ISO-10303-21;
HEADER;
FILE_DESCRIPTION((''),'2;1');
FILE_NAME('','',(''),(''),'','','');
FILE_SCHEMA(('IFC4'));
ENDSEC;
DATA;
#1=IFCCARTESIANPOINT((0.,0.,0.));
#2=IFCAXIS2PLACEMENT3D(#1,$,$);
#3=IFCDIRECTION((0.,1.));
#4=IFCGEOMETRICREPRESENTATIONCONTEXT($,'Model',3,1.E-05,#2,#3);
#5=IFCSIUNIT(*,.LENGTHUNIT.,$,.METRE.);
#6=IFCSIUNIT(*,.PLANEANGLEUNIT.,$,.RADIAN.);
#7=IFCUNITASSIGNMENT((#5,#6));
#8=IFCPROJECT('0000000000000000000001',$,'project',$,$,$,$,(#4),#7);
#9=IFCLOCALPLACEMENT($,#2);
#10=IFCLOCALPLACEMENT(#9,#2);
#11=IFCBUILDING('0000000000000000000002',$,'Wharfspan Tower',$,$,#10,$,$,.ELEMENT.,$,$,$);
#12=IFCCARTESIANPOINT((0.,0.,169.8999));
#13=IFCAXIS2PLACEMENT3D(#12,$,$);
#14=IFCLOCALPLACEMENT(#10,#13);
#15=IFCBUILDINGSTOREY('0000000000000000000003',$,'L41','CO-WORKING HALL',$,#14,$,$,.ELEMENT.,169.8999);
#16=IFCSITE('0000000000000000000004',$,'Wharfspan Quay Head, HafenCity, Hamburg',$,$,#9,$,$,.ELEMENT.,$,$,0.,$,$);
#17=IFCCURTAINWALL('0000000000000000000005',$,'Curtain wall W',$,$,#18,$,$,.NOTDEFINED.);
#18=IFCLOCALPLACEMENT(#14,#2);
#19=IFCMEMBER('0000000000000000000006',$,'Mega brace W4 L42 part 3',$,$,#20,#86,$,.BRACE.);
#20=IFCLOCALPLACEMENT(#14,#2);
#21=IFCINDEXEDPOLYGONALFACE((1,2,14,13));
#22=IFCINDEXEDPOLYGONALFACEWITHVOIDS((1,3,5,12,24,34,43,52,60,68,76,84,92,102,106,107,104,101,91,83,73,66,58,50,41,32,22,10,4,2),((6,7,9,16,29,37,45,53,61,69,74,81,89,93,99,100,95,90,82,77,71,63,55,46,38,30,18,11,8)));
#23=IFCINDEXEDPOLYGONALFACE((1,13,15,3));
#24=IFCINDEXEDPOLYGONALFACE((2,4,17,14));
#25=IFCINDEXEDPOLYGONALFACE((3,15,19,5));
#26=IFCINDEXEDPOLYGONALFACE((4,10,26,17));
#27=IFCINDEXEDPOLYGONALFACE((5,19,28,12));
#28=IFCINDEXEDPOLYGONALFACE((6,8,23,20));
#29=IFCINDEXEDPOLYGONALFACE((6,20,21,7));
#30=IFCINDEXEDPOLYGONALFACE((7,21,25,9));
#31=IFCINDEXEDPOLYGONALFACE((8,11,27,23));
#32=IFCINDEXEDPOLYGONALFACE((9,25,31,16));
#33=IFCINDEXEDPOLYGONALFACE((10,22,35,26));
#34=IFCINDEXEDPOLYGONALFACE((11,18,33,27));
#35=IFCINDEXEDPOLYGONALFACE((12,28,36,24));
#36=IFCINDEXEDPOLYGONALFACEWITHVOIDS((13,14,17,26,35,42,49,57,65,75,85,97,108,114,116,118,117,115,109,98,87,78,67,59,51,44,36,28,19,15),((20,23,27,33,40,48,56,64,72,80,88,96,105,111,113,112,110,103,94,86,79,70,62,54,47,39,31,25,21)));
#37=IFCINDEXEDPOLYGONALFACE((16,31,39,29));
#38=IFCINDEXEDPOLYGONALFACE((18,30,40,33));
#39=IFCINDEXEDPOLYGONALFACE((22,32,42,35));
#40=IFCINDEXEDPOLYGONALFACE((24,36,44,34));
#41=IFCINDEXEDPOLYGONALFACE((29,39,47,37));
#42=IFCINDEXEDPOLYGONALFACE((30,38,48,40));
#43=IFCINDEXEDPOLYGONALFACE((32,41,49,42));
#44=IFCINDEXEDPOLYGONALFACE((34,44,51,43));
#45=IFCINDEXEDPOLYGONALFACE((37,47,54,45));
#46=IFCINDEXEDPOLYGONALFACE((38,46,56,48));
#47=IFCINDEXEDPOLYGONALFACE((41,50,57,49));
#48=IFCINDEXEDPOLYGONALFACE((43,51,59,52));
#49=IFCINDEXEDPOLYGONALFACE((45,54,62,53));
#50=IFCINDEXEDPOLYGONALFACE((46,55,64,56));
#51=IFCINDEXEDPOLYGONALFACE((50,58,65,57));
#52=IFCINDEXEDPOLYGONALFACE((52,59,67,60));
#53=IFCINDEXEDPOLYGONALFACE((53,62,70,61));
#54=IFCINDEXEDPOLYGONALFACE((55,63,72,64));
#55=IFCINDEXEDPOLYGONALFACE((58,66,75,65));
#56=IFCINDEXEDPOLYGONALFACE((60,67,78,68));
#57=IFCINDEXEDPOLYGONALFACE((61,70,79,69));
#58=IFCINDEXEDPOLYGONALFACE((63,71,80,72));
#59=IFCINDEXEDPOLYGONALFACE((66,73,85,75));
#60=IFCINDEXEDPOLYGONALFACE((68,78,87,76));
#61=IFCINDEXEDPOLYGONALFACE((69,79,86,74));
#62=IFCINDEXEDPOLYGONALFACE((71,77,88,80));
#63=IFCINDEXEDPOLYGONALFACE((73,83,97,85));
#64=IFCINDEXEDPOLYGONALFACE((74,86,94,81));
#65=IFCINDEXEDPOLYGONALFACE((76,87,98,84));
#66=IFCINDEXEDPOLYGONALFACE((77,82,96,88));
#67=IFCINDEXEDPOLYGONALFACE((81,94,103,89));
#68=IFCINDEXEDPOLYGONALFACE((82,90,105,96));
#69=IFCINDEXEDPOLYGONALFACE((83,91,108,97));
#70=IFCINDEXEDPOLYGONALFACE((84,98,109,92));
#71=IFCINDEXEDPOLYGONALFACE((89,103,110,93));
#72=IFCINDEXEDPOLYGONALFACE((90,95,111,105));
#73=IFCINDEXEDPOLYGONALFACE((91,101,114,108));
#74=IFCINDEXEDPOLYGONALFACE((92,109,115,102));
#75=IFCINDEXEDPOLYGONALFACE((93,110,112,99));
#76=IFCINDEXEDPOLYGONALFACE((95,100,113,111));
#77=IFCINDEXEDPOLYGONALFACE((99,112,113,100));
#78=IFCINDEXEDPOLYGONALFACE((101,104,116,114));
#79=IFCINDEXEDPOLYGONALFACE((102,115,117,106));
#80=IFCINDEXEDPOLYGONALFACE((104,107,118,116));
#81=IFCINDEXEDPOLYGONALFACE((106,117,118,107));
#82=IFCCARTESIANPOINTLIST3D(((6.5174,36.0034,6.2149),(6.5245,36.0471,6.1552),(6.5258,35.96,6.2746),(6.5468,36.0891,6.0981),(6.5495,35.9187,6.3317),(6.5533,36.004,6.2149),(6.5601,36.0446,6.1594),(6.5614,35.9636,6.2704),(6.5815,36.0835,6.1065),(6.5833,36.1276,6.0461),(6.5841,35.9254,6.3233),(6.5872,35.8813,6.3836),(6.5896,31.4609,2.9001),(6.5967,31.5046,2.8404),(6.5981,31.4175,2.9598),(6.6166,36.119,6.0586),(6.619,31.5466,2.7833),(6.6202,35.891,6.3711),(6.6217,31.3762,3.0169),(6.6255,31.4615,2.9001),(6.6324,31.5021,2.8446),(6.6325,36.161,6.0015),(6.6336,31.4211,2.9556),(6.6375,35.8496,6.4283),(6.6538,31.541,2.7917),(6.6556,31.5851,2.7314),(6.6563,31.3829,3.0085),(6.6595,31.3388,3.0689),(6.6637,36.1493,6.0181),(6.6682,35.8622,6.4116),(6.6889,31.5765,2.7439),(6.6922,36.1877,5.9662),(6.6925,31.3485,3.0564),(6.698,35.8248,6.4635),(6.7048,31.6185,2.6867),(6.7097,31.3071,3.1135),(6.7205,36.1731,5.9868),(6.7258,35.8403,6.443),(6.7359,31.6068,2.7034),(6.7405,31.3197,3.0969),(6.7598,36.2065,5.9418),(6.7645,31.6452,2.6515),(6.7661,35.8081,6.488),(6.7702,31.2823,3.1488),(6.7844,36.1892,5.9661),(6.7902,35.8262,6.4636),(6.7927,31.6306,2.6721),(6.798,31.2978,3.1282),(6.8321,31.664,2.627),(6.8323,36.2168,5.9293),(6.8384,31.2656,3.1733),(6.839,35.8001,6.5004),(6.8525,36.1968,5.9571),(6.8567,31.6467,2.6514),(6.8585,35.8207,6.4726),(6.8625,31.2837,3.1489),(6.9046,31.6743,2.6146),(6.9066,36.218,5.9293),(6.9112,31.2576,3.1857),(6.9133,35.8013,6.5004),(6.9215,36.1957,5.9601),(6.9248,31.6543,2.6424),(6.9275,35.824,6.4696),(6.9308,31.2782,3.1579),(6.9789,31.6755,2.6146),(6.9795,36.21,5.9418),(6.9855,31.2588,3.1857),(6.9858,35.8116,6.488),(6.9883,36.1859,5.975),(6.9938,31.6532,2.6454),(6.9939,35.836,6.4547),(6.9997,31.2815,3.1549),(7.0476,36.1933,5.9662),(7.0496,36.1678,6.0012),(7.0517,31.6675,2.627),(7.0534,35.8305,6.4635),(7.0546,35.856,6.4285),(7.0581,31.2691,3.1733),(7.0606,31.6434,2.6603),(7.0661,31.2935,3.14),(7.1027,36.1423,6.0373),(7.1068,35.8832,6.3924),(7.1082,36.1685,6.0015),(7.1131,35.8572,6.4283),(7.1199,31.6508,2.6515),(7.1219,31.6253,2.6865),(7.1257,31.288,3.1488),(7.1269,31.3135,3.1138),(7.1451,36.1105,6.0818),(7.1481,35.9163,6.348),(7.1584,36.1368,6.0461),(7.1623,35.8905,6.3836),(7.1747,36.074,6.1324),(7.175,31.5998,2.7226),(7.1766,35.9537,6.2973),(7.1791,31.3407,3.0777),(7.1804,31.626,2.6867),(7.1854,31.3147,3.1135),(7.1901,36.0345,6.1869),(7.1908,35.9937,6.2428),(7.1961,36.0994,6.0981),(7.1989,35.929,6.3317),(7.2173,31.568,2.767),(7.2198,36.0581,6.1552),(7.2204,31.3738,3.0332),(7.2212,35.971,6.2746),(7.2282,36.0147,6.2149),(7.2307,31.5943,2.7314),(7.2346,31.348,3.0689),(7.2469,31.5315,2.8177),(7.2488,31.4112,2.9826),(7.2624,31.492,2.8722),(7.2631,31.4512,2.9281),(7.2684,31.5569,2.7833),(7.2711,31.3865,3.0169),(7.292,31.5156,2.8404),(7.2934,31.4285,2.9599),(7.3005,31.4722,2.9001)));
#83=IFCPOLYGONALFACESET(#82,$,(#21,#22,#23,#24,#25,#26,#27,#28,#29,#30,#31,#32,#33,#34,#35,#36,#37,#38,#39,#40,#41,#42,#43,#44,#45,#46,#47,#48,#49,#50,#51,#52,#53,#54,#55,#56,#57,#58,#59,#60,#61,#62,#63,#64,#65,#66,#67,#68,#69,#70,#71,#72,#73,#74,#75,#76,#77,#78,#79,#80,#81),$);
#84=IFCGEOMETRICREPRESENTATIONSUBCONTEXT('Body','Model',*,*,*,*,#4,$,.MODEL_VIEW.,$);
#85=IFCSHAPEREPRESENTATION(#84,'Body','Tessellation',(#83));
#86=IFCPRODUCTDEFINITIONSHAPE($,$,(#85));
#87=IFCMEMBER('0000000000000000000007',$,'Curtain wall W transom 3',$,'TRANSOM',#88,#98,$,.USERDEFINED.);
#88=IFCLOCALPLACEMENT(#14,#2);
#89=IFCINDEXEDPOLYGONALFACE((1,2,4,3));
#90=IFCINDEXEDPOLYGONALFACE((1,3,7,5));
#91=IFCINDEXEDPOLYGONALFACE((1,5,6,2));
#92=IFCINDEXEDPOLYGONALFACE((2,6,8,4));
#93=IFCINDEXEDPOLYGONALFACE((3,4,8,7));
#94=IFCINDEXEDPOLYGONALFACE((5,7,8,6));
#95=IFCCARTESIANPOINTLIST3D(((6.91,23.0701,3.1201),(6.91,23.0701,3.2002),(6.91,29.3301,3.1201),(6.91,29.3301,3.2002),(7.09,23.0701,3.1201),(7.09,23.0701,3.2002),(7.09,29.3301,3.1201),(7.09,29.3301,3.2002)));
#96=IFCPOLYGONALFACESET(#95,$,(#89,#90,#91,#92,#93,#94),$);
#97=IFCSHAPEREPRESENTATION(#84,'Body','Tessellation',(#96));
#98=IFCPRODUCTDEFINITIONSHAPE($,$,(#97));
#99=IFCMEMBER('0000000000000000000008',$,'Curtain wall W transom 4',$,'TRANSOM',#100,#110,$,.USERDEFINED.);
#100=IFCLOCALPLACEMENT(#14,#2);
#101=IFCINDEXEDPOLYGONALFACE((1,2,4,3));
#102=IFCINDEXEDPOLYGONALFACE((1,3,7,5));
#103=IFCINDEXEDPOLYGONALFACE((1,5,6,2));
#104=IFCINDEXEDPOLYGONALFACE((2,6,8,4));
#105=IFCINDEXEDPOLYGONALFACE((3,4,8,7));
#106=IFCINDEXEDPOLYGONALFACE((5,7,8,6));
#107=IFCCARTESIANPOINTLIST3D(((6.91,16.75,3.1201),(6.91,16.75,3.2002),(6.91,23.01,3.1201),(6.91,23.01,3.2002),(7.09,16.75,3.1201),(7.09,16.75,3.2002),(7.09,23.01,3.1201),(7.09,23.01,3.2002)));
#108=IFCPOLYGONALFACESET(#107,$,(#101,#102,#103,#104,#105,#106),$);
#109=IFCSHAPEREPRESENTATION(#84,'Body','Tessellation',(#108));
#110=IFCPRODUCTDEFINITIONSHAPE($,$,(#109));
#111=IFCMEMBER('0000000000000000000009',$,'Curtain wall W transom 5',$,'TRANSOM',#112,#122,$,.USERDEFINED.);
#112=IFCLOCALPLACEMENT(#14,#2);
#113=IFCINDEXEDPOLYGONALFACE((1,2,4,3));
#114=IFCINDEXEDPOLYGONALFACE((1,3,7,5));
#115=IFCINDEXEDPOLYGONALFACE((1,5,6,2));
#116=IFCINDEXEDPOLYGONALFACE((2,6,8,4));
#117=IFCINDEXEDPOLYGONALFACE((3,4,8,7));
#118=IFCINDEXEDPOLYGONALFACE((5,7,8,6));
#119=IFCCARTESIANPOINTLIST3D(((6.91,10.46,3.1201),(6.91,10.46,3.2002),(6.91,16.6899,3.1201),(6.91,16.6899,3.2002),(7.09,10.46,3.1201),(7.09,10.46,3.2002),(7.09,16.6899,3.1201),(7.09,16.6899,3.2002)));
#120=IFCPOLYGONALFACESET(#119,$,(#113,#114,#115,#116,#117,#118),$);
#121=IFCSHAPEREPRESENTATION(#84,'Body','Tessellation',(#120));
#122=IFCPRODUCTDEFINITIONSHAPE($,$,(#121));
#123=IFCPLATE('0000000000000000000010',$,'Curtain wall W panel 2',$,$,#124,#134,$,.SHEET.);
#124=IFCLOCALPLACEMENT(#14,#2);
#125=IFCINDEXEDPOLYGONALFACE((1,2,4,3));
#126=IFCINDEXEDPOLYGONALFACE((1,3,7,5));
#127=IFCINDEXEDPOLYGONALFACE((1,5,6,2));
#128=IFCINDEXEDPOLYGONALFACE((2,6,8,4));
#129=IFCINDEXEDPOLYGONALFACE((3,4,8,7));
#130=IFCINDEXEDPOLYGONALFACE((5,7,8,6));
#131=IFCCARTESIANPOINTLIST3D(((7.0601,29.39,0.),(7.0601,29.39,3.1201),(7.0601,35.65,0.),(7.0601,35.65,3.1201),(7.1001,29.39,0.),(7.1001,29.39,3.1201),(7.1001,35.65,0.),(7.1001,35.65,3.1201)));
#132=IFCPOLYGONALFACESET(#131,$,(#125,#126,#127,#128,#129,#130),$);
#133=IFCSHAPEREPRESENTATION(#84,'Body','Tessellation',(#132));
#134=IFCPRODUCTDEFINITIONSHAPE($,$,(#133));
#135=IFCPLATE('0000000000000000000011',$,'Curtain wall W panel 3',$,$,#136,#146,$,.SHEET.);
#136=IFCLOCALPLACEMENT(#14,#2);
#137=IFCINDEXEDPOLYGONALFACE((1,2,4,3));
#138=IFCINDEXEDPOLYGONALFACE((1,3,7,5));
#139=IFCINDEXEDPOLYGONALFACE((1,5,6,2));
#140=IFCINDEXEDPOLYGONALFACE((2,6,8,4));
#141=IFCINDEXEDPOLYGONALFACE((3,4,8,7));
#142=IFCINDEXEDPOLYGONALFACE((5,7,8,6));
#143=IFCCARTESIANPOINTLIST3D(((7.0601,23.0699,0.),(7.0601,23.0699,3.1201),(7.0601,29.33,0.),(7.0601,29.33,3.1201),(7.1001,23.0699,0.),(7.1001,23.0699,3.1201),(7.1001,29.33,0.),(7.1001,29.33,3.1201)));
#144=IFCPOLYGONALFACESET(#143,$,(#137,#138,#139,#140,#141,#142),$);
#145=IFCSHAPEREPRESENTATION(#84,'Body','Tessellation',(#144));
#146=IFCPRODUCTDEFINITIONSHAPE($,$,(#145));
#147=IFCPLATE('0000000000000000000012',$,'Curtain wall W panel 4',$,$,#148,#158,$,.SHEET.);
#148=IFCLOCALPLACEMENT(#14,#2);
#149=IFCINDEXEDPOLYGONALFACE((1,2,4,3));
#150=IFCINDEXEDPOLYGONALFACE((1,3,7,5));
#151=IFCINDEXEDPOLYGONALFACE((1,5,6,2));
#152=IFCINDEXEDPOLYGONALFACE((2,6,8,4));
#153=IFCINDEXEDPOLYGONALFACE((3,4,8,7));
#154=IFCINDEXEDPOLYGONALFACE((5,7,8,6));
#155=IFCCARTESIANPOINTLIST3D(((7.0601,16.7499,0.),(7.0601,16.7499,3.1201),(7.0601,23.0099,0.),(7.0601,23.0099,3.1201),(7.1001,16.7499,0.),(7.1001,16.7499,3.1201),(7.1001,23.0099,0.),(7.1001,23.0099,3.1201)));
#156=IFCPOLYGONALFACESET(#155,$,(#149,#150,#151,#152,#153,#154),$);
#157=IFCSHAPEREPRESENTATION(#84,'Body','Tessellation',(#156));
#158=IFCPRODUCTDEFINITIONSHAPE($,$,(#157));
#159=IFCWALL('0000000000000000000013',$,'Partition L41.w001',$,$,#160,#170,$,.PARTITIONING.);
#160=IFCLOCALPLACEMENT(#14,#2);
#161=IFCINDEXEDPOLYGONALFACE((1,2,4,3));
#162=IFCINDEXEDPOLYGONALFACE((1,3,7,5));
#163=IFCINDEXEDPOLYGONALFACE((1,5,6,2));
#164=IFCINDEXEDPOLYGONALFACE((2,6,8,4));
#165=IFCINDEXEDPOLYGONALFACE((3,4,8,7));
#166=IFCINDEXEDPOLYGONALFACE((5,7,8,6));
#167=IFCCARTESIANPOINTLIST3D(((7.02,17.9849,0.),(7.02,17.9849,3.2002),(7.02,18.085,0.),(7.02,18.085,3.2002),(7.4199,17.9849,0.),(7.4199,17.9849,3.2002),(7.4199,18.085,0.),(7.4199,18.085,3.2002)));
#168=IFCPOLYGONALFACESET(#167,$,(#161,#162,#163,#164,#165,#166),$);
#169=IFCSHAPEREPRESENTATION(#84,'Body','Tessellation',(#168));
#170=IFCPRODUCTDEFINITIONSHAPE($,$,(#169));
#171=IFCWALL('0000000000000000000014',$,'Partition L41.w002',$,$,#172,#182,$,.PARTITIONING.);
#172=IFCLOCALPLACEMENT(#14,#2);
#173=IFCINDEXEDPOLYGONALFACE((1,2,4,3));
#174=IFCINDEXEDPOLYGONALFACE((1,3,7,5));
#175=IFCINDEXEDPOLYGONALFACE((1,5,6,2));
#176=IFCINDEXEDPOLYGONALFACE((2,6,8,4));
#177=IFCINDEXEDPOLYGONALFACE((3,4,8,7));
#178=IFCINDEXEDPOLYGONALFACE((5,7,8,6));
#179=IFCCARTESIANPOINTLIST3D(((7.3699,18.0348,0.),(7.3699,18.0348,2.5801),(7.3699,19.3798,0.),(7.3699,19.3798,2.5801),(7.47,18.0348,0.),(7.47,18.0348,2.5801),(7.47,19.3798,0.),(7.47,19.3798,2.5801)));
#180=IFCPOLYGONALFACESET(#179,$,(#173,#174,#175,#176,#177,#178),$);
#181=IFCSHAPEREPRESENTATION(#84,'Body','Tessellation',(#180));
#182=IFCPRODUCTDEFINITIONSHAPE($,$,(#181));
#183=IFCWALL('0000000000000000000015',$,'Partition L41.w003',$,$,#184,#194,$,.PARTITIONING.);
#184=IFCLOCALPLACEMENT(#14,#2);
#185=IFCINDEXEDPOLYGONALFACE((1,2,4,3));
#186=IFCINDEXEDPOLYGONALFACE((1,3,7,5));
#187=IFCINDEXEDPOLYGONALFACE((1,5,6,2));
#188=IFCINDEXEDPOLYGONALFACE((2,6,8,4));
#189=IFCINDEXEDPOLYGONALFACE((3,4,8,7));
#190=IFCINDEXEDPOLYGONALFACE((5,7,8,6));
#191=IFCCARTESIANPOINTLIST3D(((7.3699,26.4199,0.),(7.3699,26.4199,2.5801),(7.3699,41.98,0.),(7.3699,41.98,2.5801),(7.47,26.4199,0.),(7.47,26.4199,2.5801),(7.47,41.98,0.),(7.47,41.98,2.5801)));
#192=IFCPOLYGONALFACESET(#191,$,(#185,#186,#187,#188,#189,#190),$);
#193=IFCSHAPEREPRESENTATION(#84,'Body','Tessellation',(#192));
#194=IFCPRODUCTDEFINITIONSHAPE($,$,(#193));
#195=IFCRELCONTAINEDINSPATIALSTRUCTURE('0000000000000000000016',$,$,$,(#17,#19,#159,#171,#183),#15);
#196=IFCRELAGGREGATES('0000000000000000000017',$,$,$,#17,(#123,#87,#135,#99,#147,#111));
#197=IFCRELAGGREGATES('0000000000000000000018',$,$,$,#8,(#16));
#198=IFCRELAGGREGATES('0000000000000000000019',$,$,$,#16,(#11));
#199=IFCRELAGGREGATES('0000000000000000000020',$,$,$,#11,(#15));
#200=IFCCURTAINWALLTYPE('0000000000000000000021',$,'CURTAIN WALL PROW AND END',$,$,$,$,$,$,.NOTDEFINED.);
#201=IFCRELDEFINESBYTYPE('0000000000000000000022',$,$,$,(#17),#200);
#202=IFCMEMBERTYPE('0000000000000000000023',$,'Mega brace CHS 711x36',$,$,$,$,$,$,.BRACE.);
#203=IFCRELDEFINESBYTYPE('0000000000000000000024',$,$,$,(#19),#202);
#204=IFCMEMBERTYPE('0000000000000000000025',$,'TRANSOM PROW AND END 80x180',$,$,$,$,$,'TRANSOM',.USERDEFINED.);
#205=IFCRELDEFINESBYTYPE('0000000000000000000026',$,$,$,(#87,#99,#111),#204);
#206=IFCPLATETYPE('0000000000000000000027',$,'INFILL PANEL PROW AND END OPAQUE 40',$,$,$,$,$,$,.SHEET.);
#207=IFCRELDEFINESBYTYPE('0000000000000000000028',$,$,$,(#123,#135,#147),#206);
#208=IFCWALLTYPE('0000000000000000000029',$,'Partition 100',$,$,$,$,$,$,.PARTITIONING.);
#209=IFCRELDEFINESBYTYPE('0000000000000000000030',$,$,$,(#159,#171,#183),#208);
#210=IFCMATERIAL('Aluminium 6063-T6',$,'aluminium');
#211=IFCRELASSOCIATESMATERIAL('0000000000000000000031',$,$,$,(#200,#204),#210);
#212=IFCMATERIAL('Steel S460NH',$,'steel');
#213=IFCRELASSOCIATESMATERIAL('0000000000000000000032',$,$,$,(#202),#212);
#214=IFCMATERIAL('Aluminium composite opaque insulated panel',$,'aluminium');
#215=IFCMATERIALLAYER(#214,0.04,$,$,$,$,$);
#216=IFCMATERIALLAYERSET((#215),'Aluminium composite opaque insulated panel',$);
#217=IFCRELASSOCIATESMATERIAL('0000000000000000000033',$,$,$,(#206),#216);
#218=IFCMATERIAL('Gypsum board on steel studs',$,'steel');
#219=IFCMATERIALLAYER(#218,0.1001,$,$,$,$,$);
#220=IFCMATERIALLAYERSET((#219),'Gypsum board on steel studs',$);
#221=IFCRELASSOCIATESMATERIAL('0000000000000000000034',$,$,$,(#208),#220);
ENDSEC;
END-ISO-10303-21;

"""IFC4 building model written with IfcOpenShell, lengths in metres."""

from ifc_helpers import new_model, si_unit, direction, frame, frame_2d, origin, origin_2d, place, context, subcontext, project, spatial, rectangle, hollow_circle, extrude, material, layer, layer_set, material_profile, profile_set, type_object, element, aggregate, save


model = new_model("IFC4")

# Units and contexts
model_context = context("Model", 3, precision=1e-05, world=origin(), true_north=direction((0.0, 1.0)))
body_context = subcontext(model_context, "Body", "Model", "MODEL_VIEW")
ifc_project = project(units=[si_unit("LENGTHUNIT", "METRE"), si_unit("PLANEANGLEUNIT", "RADIAN")], contexts=[model_context])

# Site, building, storey
site_placement = place(None, origin())
site = spatial("IfcSite", under=ifc_project, at=site_placement, Name="Wharfspan Quay Head, HafenCity, Hamburg", CompositionType="ELEMENT", RefElevation=0.0)
building_placement = place(site_placement, origin())
building = spatial("IfcBuilding", under=site, at=building_placement, Name="Wharfspan Tower", CompositionType="ELEMENT")
storey_placement = place(building_placement, frame((0.0, 0.0, 169.8999)))
storey = spatial("IfcBuildingStorey", under=building, at=storey_placement, Name="L41", Description="CO-WORKING HALL", CompositionType="ELEMENT", Elevation=169.8999)

# Curtain wall
ifc_material_1 = material(Name="Aluminium 6063-T6", Category="aluminium")
curtain_wall_type = type_object("IfcCurtainWallType", Name="CURTAIN WALL PROW AND END", PredefinedType="NOTDEFINED", material=ifc_material_1)
curtain_wall_placement = place(storey_placement, origin())
curtain_wall = element("IfcCurtainWall", 1, at=curtain_wall_placement, inside=storey, type_object=curtain_wall_type, Name="Curtain wall W", PredefinedType="NOTDEFINED")

# Member
ifc_material_2 = material(Name="Steel S460NH", Category="steel")
ifc_material_profile_1 = material_profile(ifc_material_2, hollow_circle(Radius=0.3555, WallThickness=0.0359, at=origin_2d()))
ifc_profile_set_1 = profile_set([ifc_material_profile_1], Name="Steel S460NH")
member_type_1 = type_object("IfcMemberType", Name="Mega brace CHS 711x36", PredefinedType="BRACE", material=ifc_profile_set_1)
member_1_placement = place(storey_placement, frame((6.9451, 31.4666, 2.9001), z_axis=(-0.01285, 0.807732, 0.58941), x_axis=(-0.999874, -0.015906, -0.000001)))
element("IfcMember", 2, at=member_1_placement, inside=storey, type_object=member_type_1, Name="Mega brace W4 L42 part 3", PredefinedType="BRACE", context=body_context, shape_type="SweptSolid", body=[
    extrude(hollow_circle(Radius=0.3555, WallThickness=0.0359, at=origin_2d()), origin(), (0.0, 0.0, 1.0), 5.6238),
])

# Members
ifc_material_profile_2 = material_profile(ifc_material_1, rectangle(XDim=0.1799, YDim=0.0801, at=origin_2d()))
ifc_profile_set_2 = profile_set([ifc_material_profile_2], Name="Aluminium 6063-T6")
member_type_2 = type_object("IfcMemberType", Name="TRANSOM PROW AND END 80x180", ElementType="TRANSOM", PredefinedType="USERDEFINED", material=ifc_profile_set_2)
member_2_placement = place(storey_placement, frame((7.0, 29.3301, 3.1602), z_axis=(0.0, -1.0, 0.0), x_axis=(1.0, 0.0, 0.0)))
member_2 = element("IfcMember", 3, at=member_2_placement, type_object=member_type_2, Name="Curtain wall W transom 3", ObjectType="TRANSOM", PredefinedType="USERDEFINED", context=body_context, shape_type="SweptSolid", body=[
    extrude(rectangle(XDim=0.1799, YDim=0.0801, at=origin_2d()), origin(), (0.0, 0.0, 1.0), 6.26),
])
member_3_placement = place(storey_placement, frame((7.0, 23.01, 3.1602), z_axis=(0.0, -1.0, 0.0), x_axis=(1.0, 0.0, 0.0)))
member_3 = element("IfcMember", 4, at=member_3_placement, type_object=member_type_2, Name="Curtain wall W transom 4", ObjectType="TRANSOM", PredefinedType="USERDEFINED", context=body_context, shape_type="SweptSolid", body=[
    extrude(rectangle(XDim=0.1799, YDim=0.0801, at=origin_2d()), origin(), (0.0, 0.0, 1.0), 6.26),
])
member_4_placement = place(storey_placement, frame((7.0, 16.6899, 3.1602), z_axis=(0.0, -1.0, 0.0), x_axis=(1.0, 0.0, 0.0)))
member_4 = element("IfcMember", 5, at=member_4_placement, type_object=member_type_2, Name="Curtain wall W transom 5", ObjectType="TRANSOM", PredefinedType="USERDEFINED", context=body_context, shape_type="SweptSolid", body=[
    extrude(rectangle(XDim=0.1799, YDim=0.0801, at=origin_2d()), origin(), (0.0, 0.0, 1.0), 6.23),
])

# Plates
ifc_material_3 = material(Name="Aluminium composite opaque insulated panel", Category="aluminium")
ifc_layer_1 = layer(ifc_material_3, 0.04)
ifc_layer_set_1 = layer_set([ifc_layer_1], Name="Aluminium composite opaque insulated panel")
plate_type = type_object("IfcPlateType", Name="INFILL PANEL PROW AND END OPAQUE 40", PredefinedType="SHEET", material=ifc_layer_set_1)
plate_1_placement = place(storey_placement, frame((7.0801, 32.52, 0.0), z_axis=(0.0, 0.0, 1.0), x_axis=(0.0, -1.0, 0.0)))
plate_1 = element("IfcPlate", 6, at=plate_1_placement, type_object=plate_type, Name="Curtain wall W panel 2", PredefinedType="SHEET", context=body_context, shape_type="SweptSolid", body=[
    extrude(rectangle(XDim=6.26, YDim=0.04, at=origin_2d()), origin(), (0.0, 0.0, 1.0), 3.1201),
])
plate_2_placement = place(storey_placement, frame((7.0801, 26.2, 0.0), z_axis=(0.0, 0.0, 1.0), x_axis=(0.0, -1.0, 0.0)))
plate_2 = element("IfcPlate", 7, at=plate_2_placement, type_object=plate_type, Name="Curtain wall W panel 3", PredefinedType="SHEET", context=body_context, shape_type="SweptSolid", body=[
    extrude(rectangle(XDim=6.26, YDim=0.04, at=origin_2d()), origin(), (0.0, 0.0, 1.0), 3.1201),
])
plate_3_placement = place(storey_placement, frame((7.0801, 19.8799, 0.0), z_axis=(0.0, 0.0, 1.0), x_axis=(0.0, -1.0, 0.0)))
plate_3 = element("IfcPlate", 8, at=plate_3_placement, type_object=plate_type, Name="Curtain wall W panel 4", PredefinedType="SHEET", context=body_context, shape_type="SweptSolid", body=[
    extrude(rectangle(XDim=6.26, YDim=0.04, at=origin_2d()), origin(), (0.0, 0.0, 1.0), 3.1201),
])
aggregate(curtain_wall, [plate_1, member_2, plate_2, member_3, plate_3, member_4])

# Walls
ifc_material_4 = material(Name="Gypsum board on steel studs", Category="steel")
ifc_layer_2 = layer(ifc_material_4, 0.1001)
ifc_layer_set_2 = layer_set([ifc_layer_2], Name="Gypsum board on steel studs")
wall_type_1 = type_object("IfcWallType", Name="Partition 100", PredefinedType="PARTITIONING", material=ifc_layer_set_2)
wall_1_placement = place(storey_placement, frame((7.02, 18.0349, 0.0), z_axis=(0.0, 0.0, 1.0), x_axis=(1.0, 0.0, 0.0)))
element("IfcWall", 9, at=wall_1_placement, inside=storey, type_object=wall_type_1, Name="Partition L41.w001", PredefinedType="PARTITIONING", context=body_context, shape_type="SweptSolid", body=[
    extrude(rectangle(XDim=0.3999, YDim=0.1001, at=frame_2d((0.2, 0.0))), origin(), (0.0, 0.0, 1.0), 3.2002),
])
wall_2_placement = place(storey_placement, frame((7.4199, 18.0349, 0.0), z_axis=(0.0, 0.0, 1.0), x_axis=(0.0, 1.0, 0.0)))
element("IfcWall", 10, at=wall_2_placement, inside=storey, type_object=wall_type_1, Name="Partition L41.w002", PredefinedType="PARTITIONING", context=body_context, shape_type="SweptSolid", body=[
    extrude(rectangle(XDim=1.345, YDim=0.1001, at=frame_2d((0.6724, 0.0))), origin(), (0.0, 0.0, 1.0), 2.5801),
])
wall_3_placement = place(storey_placement, frame((7.4199, 26.4199, 0.0), z_axis=(0.0, 0.0, 1.0), x_axis=(0.0, 1.0, 0.0)))
element("IfcWall", 11, at=wall_3_placement, inside=storey, type_object=wall_type_1, Name="Partition L41.w003", PredefinedType="PARTITIONING", context=body_context, shape_type="SweptSolid", body=[
    extrude(rectangle(XDim=15.5601, YDim=0.1001, at=frame_2d((7.78, 0.0))), origin(), (0.0, 0.0, 1.0), 2.5801),
])

save(model, "model.ifc")
